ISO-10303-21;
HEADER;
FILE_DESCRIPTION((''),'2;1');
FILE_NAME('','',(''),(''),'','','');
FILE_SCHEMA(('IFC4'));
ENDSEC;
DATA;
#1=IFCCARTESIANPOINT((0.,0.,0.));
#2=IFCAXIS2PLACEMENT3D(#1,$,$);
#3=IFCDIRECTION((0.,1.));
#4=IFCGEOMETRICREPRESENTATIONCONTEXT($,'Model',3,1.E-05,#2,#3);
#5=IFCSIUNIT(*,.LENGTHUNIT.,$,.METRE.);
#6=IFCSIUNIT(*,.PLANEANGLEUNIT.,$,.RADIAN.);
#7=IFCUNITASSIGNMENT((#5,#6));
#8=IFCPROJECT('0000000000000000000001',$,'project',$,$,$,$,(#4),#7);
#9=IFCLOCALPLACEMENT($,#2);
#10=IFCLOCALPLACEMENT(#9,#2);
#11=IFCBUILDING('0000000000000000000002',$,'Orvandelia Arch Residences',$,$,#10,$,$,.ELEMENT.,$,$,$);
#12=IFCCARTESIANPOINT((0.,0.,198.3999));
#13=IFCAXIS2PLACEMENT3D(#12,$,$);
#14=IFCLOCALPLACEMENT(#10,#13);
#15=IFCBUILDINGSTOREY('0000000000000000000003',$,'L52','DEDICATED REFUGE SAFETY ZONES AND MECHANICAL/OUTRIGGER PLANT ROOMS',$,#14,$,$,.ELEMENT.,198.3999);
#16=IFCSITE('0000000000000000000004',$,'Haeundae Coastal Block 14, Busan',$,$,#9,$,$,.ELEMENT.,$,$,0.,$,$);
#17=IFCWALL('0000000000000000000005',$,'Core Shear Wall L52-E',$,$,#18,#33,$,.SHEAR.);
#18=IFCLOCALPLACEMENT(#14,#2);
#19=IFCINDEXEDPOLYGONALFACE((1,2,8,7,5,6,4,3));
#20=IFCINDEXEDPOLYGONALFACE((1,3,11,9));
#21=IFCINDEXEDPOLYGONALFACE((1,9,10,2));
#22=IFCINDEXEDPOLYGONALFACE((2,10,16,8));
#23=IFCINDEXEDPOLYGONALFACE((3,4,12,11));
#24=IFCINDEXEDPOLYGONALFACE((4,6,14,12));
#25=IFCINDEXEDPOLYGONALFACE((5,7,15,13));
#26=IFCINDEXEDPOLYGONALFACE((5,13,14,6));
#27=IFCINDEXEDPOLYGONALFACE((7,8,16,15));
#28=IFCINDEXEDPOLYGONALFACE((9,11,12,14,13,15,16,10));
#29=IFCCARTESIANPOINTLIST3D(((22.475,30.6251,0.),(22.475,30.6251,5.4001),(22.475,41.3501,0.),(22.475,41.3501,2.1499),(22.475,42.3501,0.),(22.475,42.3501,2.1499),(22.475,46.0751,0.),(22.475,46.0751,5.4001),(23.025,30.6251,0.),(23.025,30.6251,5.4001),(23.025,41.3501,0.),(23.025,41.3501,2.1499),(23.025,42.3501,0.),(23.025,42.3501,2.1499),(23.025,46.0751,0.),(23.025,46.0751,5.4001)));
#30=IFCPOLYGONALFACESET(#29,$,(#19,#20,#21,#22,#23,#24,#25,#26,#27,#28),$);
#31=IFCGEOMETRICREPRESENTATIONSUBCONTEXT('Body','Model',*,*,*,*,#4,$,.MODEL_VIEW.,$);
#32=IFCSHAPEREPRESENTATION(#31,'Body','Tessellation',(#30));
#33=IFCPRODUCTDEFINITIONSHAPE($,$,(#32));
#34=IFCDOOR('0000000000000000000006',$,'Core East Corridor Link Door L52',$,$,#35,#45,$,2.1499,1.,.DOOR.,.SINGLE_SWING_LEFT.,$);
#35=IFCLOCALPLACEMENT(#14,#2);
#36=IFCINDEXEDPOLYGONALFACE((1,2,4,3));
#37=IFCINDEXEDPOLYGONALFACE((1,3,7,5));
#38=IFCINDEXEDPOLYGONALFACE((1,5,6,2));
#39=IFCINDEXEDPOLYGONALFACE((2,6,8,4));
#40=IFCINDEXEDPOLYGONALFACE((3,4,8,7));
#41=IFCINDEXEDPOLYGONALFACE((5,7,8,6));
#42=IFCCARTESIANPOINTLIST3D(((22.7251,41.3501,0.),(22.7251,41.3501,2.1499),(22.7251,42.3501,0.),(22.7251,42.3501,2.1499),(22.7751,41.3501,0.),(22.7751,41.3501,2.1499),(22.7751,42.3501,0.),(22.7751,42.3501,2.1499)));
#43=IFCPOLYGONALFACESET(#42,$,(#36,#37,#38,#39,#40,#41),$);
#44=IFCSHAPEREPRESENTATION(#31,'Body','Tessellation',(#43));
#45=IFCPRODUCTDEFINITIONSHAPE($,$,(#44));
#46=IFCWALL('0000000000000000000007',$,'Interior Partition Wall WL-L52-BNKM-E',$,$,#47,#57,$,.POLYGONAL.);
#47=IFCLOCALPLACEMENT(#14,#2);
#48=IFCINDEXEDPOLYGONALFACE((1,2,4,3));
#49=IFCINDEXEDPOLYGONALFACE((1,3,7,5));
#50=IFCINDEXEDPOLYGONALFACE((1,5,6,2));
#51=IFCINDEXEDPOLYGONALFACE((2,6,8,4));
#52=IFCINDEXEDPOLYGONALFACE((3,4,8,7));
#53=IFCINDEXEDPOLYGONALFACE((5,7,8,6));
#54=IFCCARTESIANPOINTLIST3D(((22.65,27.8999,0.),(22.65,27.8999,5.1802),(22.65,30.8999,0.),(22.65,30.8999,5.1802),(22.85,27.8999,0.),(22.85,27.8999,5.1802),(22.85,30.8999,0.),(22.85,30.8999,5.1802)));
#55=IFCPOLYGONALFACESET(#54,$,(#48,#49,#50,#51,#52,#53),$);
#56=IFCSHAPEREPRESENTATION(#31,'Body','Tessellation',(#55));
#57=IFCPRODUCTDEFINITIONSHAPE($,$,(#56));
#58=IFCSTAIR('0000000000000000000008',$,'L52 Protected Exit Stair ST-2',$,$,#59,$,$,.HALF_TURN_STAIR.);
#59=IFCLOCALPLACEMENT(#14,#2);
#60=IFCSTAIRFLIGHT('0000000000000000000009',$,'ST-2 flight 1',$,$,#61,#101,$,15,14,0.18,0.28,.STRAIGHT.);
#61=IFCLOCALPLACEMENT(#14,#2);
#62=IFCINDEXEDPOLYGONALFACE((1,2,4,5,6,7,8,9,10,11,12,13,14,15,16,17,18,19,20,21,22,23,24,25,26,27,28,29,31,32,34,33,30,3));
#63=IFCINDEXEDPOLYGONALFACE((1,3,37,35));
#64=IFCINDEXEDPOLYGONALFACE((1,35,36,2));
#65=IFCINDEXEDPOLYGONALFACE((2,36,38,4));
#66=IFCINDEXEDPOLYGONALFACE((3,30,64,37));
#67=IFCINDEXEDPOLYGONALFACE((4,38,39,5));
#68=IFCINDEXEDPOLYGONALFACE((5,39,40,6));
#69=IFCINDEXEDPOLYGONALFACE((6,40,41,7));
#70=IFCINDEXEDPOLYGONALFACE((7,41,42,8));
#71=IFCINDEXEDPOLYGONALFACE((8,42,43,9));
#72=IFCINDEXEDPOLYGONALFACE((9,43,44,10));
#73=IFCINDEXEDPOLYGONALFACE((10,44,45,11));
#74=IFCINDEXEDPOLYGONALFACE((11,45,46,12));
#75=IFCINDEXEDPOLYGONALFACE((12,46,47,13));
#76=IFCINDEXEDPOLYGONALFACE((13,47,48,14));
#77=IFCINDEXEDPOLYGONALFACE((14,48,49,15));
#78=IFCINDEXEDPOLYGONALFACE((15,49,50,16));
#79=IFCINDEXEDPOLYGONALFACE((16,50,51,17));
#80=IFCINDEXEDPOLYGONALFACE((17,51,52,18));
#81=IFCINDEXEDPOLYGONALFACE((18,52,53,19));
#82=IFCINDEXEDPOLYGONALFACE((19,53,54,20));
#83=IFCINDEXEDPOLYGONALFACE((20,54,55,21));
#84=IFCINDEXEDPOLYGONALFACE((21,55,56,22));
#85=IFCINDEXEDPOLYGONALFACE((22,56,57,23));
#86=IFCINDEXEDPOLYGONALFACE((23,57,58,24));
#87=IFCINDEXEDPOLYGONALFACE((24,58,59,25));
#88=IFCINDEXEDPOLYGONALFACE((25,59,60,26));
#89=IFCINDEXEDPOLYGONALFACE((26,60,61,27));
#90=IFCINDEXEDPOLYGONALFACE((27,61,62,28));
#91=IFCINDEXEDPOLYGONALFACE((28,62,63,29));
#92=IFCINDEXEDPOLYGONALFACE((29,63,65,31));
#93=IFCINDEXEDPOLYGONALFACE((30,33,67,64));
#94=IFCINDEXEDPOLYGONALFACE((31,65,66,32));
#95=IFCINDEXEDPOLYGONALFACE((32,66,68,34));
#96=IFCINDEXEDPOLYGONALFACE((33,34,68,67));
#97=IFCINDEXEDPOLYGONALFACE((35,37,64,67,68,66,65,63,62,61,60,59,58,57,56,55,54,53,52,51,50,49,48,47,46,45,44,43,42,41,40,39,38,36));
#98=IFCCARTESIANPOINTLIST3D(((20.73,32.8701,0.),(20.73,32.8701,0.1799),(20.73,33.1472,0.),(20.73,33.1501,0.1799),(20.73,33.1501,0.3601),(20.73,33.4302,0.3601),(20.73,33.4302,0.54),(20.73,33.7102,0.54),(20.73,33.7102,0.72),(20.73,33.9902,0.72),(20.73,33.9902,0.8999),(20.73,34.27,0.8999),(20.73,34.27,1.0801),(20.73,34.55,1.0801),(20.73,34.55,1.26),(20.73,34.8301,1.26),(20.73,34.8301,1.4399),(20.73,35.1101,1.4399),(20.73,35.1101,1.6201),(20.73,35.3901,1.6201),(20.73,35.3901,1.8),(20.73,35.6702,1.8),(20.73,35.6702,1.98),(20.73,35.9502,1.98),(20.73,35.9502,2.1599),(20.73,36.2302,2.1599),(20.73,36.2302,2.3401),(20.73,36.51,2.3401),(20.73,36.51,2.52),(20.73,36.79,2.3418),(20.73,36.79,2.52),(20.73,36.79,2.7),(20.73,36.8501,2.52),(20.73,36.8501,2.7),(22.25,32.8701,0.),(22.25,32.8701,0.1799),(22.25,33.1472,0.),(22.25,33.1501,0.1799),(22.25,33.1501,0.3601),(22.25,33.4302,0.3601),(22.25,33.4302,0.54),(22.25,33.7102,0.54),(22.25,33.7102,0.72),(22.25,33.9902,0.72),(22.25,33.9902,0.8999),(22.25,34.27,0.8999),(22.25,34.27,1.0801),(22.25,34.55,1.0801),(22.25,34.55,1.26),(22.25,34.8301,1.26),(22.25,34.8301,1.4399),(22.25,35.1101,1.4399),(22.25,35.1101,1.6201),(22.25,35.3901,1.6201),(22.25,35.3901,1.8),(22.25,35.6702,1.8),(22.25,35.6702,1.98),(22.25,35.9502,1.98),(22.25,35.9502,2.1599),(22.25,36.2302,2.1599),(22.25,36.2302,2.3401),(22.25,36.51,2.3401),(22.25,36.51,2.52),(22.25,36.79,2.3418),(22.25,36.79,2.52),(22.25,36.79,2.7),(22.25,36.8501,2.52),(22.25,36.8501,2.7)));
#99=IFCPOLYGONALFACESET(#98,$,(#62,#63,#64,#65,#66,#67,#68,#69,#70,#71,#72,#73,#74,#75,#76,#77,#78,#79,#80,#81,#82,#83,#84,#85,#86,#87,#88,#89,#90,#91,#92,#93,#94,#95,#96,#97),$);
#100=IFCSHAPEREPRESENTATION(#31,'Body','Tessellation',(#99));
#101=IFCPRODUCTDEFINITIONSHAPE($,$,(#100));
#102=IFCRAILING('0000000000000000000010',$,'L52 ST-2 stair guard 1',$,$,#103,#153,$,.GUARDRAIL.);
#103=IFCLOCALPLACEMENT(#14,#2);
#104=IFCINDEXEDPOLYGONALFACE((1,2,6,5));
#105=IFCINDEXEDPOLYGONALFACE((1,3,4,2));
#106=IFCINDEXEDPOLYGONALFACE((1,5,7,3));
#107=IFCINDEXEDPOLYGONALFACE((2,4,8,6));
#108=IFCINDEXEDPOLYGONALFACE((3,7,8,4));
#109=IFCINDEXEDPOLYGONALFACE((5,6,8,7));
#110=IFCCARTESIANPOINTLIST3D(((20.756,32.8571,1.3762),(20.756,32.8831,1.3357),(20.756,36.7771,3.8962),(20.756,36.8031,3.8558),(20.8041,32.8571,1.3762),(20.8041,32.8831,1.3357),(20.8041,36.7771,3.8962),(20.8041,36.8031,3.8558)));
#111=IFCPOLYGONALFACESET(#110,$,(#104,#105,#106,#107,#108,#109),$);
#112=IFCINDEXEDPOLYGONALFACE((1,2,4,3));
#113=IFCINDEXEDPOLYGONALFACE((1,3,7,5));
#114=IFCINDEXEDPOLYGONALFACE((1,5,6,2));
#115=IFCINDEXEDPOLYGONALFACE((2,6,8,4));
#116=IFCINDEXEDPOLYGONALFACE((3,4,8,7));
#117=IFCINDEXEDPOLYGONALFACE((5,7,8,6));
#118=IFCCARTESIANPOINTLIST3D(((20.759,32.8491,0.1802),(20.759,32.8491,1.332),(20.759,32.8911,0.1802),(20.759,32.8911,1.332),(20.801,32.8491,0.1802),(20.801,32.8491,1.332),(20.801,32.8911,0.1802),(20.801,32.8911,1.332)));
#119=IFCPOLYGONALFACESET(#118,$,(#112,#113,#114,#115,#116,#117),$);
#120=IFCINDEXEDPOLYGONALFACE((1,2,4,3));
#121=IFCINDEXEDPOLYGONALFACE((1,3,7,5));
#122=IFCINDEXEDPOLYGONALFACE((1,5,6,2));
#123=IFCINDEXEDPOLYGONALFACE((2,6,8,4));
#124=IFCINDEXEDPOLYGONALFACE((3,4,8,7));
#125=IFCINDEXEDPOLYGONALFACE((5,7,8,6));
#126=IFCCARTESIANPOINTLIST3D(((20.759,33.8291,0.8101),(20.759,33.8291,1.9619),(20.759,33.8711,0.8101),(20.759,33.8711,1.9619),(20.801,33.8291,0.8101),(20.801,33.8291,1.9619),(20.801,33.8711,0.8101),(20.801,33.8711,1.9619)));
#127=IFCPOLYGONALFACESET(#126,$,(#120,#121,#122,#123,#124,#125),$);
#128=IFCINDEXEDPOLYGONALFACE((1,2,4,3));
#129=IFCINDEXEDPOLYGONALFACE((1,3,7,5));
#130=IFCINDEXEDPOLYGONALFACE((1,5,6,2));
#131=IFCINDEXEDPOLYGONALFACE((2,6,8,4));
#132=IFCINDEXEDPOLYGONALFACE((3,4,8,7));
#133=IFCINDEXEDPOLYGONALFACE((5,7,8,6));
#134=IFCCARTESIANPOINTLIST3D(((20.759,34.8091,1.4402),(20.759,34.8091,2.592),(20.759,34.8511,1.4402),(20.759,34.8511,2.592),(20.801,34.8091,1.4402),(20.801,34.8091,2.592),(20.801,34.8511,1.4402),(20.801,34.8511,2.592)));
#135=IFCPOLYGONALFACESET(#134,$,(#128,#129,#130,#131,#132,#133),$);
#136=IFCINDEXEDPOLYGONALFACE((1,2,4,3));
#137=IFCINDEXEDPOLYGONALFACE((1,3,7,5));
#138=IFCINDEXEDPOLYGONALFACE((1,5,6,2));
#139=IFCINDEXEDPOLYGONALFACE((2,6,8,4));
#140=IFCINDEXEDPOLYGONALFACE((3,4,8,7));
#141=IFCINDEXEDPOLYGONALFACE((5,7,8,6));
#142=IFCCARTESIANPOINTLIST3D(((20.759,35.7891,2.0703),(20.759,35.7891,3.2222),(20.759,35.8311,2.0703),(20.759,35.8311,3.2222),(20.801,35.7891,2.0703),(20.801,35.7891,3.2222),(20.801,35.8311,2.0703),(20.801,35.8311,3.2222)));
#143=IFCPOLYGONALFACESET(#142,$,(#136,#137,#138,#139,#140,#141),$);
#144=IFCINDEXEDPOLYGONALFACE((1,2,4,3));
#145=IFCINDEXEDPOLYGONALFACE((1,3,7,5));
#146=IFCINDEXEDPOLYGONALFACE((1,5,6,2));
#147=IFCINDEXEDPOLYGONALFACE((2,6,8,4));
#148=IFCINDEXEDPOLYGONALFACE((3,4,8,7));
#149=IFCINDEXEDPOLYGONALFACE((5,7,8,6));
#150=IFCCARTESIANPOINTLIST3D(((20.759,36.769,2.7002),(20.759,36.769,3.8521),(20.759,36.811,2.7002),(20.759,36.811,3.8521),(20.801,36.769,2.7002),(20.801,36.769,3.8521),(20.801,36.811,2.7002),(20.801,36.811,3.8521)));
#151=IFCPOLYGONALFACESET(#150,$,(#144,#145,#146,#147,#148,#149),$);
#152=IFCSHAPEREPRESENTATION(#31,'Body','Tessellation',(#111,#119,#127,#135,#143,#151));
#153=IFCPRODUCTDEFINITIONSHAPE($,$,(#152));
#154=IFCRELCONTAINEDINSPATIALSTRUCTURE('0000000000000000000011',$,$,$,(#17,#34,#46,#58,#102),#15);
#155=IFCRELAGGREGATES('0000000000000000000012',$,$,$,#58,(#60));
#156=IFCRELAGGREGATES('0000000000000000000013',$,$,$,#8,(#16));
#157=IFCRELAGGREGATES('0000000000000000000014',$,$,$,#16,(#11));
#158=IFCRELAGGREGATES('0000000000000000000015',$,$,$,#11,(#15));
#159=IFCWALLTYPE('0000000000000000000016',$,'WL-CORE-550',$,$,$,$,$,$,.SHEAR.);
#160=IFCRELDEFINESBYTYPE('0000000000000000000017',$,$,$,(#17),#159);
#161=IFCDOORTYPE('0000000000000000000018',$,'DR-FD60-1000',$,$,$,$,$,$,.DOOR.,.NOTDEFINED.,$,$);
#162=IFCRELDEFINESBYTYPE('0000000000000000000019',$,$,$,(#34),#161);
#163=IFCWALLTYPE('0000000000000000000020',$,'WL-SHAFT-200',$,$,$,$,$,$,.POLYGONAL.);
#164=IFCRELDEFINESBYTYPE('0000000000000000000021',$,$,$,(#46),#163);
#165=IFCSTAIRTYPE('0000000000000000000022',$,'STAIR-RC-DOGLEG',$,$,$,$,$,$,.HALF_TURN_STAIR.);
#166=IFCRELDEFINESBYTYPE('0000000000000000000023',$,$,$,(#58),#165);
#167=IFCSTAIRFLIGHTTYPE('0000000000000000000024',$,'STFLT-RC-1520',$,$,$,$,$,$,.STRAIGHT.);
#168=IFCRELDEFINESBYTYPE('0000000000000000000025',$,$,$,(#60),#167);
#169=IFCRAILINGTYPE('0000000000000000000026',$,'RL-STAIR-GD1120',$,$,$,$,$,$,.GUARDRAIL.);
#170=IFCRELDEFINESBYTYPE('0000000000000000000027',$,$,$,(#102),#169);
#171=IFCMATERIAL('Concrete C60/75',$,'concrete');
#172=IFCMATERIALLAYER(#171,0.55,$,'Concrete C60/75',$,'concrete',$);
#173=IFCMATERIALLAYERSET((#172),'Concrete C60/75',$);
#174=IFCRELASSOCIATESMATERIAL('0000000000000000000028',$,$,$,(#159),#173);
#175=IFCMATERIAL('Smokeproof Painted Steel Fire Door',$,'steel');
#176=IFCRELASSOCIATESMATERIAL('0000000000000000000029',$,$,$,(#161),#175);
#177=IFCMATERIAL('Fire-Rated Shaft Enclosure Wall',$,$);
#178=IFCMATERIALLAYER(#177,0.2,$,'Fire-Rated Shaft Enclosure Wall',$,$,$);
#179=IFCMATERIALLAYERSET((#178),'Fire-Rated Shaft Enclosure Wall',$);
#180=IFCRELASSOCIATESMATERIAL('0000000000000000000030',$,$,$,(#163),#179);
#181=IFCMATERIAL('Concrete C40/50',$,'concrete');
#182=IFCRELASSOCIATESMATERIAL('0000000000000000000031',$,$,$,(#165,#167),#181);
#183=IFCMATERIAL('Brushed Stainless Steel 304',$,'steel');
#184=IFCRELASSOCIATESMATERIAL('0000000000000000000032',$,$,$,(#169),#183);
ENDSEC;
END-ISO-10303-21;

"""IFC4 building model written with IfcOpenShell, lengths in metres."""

from ifc_helpers import new_model, si_unit, direction, frame, frame_2d, origin, origin_2d, place, context, subcontext, project, spatial, polyline, rectangle, outline, extrude, material, layer, layer_set, type_object, element, fill, aggregate, save


model = new_model("IFC4")

# Units and contexts
model_context = context("Model", 3, precision=1e-05, world=origin(), true_north=direction((0.0, 1.0)))
body_context = subcontext(model_context, "Body", "Model", "MODEL_VIEW")
ifc_project = project(units=[si_unit("LENGTHUNIT", "METRE"), si_unit("PLANEANGLEUNIT", "RADIAN")], contexts=[model_context])

# Site, building, storey
site_placement = place(None, origin())
site = spatial("IfcSite", under=ifc_project, at=site_placement, Name="Haeundae Coastal Block 14, Busan", CompositionType="ELEMENT", RefElevation=0.0)
building_placement = place(site_placement, origin())
building = spatial("IfcBuilding", under=site, at=building_placement, Name="Orvandelia Arch Residences", CompositionType="ELEMENT")
storey_placement = place(building_placement, frame((0.0, 0.0, 198.3999)))
storey = spatial("IfcBuildingStorey", under=building, at=storey_placement, Name="L52", Description="DEDICATED REFUGE SAFETY ZONES AND MECHANICAL/OUTRIGGER PLANT ROOMS", CompositionType="ELEMENT", Elevation=198.3999)

# Shared definitions
ifc_material_1 = material(Name="Concrete C60/75", Category="concrete")

# Wall, opening, door
ifc_layer_1 = layer(ifc_material_1, 0.55, Name="Concrete C60/75", Category="concrete")
ifc_layer_set_1 = layer_set([ifc_layer_1], Name="Concrete C60/75")
wall_type_1 = type_object("IfcWallType", Name="WL-CORE-550", PredefinedType="SHEAR", material=ifc_layer_set_1)
wall_1_placement = place(storey_placement, frame((22.75, 30.625, 0.0), z_axis=(0.0, 0.0, 1.0), x_axis=(0.0, 1.0, 0.0)))
wall_1 = element("IfcWall", 1, at=wall_1_placement, inside=storey, type_object=wall_type_1, Name="Core Shear Wall L52-E", PredefinedType="SHEAR", context=body_context, shape_type="SweptSolid", body=[
    extrude(rectangle(XDim=15.45, YDim=0.55, at=frame_2d((7.7251, 0.0))), origin(), (0.0, 0.0, 1.0), 5.4001),
])
opening_placement = place(wall_1_placement, frame((10.7251, 0.0, 0.0)))
opening = element("IfcOpeningElement", 2, at=opening_placement, cuts=wall_1, PredefinedType="OPENING", context=body_context, shape_type="SweptSolid", body=[
    extrude(rectangle(XDim=1.0, YDim=2.1499, at=frame_2d((0.5, 1.075))), frame((0.0, 0.2852, 0.0), z_axis=(0.0, -1.0, 0.0), x_axis=(1.0, 0.0, 0.0)), (0.0, 0.0, 1.0), 0.5701),
])
ifc_material_2 = material(Name="Smokeproof Painted Steel Fire Door", Category="steel")
door_type = type_object("IfcDoorType", Name="DR-FD60-1000", OperationType="NOTDEFINED", PredefinedType="DOOR", material=ifc_material_2)
door_placement = place(opening_placement, origin())
door = element("IfcDoor", 3, at=door_placement, inside=storey, type_object=door_type, Name="Core East Corridor Link Door L52", OperationType="SINGLE_SWING_LEFT", OverallHeight=2.1499, OverallWidth=1.0, PredefinedType="DOOR", context=body_context, shape_type="SweptSolid", body=[
    extrude(rectangle(XDim=1.0, YDim=2.1499, at=frame_2d((0.5, 1.075))), frame((0.0, 0.0249, 0.0), z_axis=(0.0, -1.0, 0.0), x_axis=(1.0, 0.0, 0.0)), (0.0, 0.0, 1.0), 0.05),
])
fill(opening, door)

# Wall
ifc_material_3 = material(Name="Fire-Rated Shaft Enclosure Wall")
ifc_layer_2 = layer(ifc_material_3, 0.2, Name="Fire-Rated Shaft Enclosure Wall")
ifc_layer_set_2 = layer_set([ifc_layer_2], Name="Fire-Rated Shaft Enclosure Wall")
wall_type_2 = type_object("IfcWallType", Name="WL-SHAFT-200", PredefinedType="POLYGONAL", material=ifc_layer_set_2)
wall_2_placement = place(storey_placement, frame((22.75, 27.8999, 0.0), z_axis=(0.0, 0.0, 1.0), x_axis=(0.0, 1.0, 0.0)))
element("IfcWall", 4, at=wall_2_placement, inside=storey, type_object=wall_type_2, Name="Interior Partition Wall WL-L52-BNKM-E", PredefinedType="POLYGONAL", context=body_context, shape_type="SweptSolid", body=[
    extrude(rectangle(XDim=3.0, YDim=0.2, at=frame_2d((1.5, 0.0))), origin(), (0.0, 0.0, 1.0), 5.1802),
])

# Stair, stair flight
ifc_material_4 = material(Name="Concrete C40/50", Category="concrete")
stair_type = type_object("IfcStairType", Name="STAIR-RC-DOGLEG", PredefinedType="HALF_TURN_STAIR", material=ifc_material_4)
stair_placement = place(storey_placement, origin())
stair = element("IfcStair", 5, at=stair_placement, inside=storey, type_object=stair_type, Name="L52 Protected Exit Stair ST-2", PredefinedType="HALF_TURN_STAIR")
stair_flight_type = type_object("IfcStairFlightType", Name="STFLT-RC-1520", PredefinedType="STRAIGHT", material=ifc_material_4)
stair_flight_placement = place(storey_placement, frame((21.49, 32.8701, 0.0), z_axis=(0.0, 0.0, 1.0), x_axis=(0.0, 1.0, 0.0)))
stair_flight = element("IfcStairFlight", 6, at=stair_flight_placement, type_object=stair_flight_type, Name="ST-2 flight 1", NumberOfRisers=15, NumberOfTreads=14, PredefinedType="STRAIGHT", RiserHeight=0.18, TreadLength=0.28, context=body_context, shape_type="SweptSolid", body=[
    extrude(outline(polyline([(0.0, 0.0), (0.0, 0.1799), (0.28, 0.1799), (0.28, 0.3601), (0.5601, 0.3601), (0.5601, 0.54), (0.8401, 0.54), (0.8401, 0.72), (1.1201, 0.72), (1.1201, 0.8999), (1.3999, 0.8999), (1.3999, 1.0801), (1.6799, 1.0801), (1.6799, 1.26), (1.96, 1.26), (1.96, 1.4399), (2.24, 1.4399), (2.24, 1.6201), (2.52, 1.6201), (2.52, 1.8), (2.8, 1.8), (2.8, 1.98), (3.0801, 1.98), (3.0801, 2.1599), (3.3601, 2.1599), (3.3601, 2.3401), (3.6399, 2.3401), (3.6399, 2.52), (3.9199, 2.52), (3.9199, 2.7), (3.98, 2.7), (3.98, 2.52), (3.9199, 2.3418), (0.2771, 0.0), (0.0, 0.0)])), frame((0.0, 0.76, 0.0), z_axis=(0.0, -1.0, 0.0), x_axis=(1.0, 0.0, 0.0)), (0.0, 0.0, 1.0), 1.52),
])
aggregate(stair, [stair_flight])

# Railing
ifc_material_5 = material(Name="Brushed Stainless Steel 304", Category="steel")
railing_type_1 = type_object("IfcRailingType", Name="RL-STAIR-GD1120", PredefinedType="GUARDRAIL", material=ifc_material_5)
railing_1_placement = place(storey_placement, frame((20.78, 32.8701, 0.1802)))
element("IfcRailing", 7, at=railing_1_placement, inside=storey, type_object=railing_type_1, Name="L52 ST-2 stair guard 1", PredefinedType="GUARDRAIL", context=body_context, shape_type="SweptSolid", body=[
    extrude(rectangle(XDim=0.0481, YDim=0.0481, at=origin_2d()), frame((0.0, 0.0, 1.1758), z_axis=(0.0, 0.841172, 0.540768), x_axis=(-1.0, 0.0, 0.0)), (0.0, 0.0, 1.0), 4.6602),
    extrude(rectangle(XDim=0.042, YDim=0.042, at=origin_2d()), origin(), (0.0, 0.0, 1.0), 1.1519),
    extrude(rectangle(XDim=0.042, YDim=0.042, at=origin_2d()), frame((0.0, 0.98, 0.6299)), (0.0, 0.0, 1.0), 1.1519),
    extrude(rectangle(XDim=0.042, YDim=0.042, at=origin_2d()), frame((0.0, 1.96, 1.26)), (0.0, 0.0, 1.0), 1.1519),
    extrude(rectangle(XDim=0.042, YDim=0.042, at=origin_2d()), frame((0.0, 2.9399, 1.8901)), (0.0, 0.0, 1.0), 1.1519),
    extrude(rectangle(XDim=0.042, YDim=0.042, at=origin_2d()), frame((0.0, 3.9199, 2.52)), (0.0, 0.0, 1.0), 1.1519),
])

save(model, "model.ifc")
